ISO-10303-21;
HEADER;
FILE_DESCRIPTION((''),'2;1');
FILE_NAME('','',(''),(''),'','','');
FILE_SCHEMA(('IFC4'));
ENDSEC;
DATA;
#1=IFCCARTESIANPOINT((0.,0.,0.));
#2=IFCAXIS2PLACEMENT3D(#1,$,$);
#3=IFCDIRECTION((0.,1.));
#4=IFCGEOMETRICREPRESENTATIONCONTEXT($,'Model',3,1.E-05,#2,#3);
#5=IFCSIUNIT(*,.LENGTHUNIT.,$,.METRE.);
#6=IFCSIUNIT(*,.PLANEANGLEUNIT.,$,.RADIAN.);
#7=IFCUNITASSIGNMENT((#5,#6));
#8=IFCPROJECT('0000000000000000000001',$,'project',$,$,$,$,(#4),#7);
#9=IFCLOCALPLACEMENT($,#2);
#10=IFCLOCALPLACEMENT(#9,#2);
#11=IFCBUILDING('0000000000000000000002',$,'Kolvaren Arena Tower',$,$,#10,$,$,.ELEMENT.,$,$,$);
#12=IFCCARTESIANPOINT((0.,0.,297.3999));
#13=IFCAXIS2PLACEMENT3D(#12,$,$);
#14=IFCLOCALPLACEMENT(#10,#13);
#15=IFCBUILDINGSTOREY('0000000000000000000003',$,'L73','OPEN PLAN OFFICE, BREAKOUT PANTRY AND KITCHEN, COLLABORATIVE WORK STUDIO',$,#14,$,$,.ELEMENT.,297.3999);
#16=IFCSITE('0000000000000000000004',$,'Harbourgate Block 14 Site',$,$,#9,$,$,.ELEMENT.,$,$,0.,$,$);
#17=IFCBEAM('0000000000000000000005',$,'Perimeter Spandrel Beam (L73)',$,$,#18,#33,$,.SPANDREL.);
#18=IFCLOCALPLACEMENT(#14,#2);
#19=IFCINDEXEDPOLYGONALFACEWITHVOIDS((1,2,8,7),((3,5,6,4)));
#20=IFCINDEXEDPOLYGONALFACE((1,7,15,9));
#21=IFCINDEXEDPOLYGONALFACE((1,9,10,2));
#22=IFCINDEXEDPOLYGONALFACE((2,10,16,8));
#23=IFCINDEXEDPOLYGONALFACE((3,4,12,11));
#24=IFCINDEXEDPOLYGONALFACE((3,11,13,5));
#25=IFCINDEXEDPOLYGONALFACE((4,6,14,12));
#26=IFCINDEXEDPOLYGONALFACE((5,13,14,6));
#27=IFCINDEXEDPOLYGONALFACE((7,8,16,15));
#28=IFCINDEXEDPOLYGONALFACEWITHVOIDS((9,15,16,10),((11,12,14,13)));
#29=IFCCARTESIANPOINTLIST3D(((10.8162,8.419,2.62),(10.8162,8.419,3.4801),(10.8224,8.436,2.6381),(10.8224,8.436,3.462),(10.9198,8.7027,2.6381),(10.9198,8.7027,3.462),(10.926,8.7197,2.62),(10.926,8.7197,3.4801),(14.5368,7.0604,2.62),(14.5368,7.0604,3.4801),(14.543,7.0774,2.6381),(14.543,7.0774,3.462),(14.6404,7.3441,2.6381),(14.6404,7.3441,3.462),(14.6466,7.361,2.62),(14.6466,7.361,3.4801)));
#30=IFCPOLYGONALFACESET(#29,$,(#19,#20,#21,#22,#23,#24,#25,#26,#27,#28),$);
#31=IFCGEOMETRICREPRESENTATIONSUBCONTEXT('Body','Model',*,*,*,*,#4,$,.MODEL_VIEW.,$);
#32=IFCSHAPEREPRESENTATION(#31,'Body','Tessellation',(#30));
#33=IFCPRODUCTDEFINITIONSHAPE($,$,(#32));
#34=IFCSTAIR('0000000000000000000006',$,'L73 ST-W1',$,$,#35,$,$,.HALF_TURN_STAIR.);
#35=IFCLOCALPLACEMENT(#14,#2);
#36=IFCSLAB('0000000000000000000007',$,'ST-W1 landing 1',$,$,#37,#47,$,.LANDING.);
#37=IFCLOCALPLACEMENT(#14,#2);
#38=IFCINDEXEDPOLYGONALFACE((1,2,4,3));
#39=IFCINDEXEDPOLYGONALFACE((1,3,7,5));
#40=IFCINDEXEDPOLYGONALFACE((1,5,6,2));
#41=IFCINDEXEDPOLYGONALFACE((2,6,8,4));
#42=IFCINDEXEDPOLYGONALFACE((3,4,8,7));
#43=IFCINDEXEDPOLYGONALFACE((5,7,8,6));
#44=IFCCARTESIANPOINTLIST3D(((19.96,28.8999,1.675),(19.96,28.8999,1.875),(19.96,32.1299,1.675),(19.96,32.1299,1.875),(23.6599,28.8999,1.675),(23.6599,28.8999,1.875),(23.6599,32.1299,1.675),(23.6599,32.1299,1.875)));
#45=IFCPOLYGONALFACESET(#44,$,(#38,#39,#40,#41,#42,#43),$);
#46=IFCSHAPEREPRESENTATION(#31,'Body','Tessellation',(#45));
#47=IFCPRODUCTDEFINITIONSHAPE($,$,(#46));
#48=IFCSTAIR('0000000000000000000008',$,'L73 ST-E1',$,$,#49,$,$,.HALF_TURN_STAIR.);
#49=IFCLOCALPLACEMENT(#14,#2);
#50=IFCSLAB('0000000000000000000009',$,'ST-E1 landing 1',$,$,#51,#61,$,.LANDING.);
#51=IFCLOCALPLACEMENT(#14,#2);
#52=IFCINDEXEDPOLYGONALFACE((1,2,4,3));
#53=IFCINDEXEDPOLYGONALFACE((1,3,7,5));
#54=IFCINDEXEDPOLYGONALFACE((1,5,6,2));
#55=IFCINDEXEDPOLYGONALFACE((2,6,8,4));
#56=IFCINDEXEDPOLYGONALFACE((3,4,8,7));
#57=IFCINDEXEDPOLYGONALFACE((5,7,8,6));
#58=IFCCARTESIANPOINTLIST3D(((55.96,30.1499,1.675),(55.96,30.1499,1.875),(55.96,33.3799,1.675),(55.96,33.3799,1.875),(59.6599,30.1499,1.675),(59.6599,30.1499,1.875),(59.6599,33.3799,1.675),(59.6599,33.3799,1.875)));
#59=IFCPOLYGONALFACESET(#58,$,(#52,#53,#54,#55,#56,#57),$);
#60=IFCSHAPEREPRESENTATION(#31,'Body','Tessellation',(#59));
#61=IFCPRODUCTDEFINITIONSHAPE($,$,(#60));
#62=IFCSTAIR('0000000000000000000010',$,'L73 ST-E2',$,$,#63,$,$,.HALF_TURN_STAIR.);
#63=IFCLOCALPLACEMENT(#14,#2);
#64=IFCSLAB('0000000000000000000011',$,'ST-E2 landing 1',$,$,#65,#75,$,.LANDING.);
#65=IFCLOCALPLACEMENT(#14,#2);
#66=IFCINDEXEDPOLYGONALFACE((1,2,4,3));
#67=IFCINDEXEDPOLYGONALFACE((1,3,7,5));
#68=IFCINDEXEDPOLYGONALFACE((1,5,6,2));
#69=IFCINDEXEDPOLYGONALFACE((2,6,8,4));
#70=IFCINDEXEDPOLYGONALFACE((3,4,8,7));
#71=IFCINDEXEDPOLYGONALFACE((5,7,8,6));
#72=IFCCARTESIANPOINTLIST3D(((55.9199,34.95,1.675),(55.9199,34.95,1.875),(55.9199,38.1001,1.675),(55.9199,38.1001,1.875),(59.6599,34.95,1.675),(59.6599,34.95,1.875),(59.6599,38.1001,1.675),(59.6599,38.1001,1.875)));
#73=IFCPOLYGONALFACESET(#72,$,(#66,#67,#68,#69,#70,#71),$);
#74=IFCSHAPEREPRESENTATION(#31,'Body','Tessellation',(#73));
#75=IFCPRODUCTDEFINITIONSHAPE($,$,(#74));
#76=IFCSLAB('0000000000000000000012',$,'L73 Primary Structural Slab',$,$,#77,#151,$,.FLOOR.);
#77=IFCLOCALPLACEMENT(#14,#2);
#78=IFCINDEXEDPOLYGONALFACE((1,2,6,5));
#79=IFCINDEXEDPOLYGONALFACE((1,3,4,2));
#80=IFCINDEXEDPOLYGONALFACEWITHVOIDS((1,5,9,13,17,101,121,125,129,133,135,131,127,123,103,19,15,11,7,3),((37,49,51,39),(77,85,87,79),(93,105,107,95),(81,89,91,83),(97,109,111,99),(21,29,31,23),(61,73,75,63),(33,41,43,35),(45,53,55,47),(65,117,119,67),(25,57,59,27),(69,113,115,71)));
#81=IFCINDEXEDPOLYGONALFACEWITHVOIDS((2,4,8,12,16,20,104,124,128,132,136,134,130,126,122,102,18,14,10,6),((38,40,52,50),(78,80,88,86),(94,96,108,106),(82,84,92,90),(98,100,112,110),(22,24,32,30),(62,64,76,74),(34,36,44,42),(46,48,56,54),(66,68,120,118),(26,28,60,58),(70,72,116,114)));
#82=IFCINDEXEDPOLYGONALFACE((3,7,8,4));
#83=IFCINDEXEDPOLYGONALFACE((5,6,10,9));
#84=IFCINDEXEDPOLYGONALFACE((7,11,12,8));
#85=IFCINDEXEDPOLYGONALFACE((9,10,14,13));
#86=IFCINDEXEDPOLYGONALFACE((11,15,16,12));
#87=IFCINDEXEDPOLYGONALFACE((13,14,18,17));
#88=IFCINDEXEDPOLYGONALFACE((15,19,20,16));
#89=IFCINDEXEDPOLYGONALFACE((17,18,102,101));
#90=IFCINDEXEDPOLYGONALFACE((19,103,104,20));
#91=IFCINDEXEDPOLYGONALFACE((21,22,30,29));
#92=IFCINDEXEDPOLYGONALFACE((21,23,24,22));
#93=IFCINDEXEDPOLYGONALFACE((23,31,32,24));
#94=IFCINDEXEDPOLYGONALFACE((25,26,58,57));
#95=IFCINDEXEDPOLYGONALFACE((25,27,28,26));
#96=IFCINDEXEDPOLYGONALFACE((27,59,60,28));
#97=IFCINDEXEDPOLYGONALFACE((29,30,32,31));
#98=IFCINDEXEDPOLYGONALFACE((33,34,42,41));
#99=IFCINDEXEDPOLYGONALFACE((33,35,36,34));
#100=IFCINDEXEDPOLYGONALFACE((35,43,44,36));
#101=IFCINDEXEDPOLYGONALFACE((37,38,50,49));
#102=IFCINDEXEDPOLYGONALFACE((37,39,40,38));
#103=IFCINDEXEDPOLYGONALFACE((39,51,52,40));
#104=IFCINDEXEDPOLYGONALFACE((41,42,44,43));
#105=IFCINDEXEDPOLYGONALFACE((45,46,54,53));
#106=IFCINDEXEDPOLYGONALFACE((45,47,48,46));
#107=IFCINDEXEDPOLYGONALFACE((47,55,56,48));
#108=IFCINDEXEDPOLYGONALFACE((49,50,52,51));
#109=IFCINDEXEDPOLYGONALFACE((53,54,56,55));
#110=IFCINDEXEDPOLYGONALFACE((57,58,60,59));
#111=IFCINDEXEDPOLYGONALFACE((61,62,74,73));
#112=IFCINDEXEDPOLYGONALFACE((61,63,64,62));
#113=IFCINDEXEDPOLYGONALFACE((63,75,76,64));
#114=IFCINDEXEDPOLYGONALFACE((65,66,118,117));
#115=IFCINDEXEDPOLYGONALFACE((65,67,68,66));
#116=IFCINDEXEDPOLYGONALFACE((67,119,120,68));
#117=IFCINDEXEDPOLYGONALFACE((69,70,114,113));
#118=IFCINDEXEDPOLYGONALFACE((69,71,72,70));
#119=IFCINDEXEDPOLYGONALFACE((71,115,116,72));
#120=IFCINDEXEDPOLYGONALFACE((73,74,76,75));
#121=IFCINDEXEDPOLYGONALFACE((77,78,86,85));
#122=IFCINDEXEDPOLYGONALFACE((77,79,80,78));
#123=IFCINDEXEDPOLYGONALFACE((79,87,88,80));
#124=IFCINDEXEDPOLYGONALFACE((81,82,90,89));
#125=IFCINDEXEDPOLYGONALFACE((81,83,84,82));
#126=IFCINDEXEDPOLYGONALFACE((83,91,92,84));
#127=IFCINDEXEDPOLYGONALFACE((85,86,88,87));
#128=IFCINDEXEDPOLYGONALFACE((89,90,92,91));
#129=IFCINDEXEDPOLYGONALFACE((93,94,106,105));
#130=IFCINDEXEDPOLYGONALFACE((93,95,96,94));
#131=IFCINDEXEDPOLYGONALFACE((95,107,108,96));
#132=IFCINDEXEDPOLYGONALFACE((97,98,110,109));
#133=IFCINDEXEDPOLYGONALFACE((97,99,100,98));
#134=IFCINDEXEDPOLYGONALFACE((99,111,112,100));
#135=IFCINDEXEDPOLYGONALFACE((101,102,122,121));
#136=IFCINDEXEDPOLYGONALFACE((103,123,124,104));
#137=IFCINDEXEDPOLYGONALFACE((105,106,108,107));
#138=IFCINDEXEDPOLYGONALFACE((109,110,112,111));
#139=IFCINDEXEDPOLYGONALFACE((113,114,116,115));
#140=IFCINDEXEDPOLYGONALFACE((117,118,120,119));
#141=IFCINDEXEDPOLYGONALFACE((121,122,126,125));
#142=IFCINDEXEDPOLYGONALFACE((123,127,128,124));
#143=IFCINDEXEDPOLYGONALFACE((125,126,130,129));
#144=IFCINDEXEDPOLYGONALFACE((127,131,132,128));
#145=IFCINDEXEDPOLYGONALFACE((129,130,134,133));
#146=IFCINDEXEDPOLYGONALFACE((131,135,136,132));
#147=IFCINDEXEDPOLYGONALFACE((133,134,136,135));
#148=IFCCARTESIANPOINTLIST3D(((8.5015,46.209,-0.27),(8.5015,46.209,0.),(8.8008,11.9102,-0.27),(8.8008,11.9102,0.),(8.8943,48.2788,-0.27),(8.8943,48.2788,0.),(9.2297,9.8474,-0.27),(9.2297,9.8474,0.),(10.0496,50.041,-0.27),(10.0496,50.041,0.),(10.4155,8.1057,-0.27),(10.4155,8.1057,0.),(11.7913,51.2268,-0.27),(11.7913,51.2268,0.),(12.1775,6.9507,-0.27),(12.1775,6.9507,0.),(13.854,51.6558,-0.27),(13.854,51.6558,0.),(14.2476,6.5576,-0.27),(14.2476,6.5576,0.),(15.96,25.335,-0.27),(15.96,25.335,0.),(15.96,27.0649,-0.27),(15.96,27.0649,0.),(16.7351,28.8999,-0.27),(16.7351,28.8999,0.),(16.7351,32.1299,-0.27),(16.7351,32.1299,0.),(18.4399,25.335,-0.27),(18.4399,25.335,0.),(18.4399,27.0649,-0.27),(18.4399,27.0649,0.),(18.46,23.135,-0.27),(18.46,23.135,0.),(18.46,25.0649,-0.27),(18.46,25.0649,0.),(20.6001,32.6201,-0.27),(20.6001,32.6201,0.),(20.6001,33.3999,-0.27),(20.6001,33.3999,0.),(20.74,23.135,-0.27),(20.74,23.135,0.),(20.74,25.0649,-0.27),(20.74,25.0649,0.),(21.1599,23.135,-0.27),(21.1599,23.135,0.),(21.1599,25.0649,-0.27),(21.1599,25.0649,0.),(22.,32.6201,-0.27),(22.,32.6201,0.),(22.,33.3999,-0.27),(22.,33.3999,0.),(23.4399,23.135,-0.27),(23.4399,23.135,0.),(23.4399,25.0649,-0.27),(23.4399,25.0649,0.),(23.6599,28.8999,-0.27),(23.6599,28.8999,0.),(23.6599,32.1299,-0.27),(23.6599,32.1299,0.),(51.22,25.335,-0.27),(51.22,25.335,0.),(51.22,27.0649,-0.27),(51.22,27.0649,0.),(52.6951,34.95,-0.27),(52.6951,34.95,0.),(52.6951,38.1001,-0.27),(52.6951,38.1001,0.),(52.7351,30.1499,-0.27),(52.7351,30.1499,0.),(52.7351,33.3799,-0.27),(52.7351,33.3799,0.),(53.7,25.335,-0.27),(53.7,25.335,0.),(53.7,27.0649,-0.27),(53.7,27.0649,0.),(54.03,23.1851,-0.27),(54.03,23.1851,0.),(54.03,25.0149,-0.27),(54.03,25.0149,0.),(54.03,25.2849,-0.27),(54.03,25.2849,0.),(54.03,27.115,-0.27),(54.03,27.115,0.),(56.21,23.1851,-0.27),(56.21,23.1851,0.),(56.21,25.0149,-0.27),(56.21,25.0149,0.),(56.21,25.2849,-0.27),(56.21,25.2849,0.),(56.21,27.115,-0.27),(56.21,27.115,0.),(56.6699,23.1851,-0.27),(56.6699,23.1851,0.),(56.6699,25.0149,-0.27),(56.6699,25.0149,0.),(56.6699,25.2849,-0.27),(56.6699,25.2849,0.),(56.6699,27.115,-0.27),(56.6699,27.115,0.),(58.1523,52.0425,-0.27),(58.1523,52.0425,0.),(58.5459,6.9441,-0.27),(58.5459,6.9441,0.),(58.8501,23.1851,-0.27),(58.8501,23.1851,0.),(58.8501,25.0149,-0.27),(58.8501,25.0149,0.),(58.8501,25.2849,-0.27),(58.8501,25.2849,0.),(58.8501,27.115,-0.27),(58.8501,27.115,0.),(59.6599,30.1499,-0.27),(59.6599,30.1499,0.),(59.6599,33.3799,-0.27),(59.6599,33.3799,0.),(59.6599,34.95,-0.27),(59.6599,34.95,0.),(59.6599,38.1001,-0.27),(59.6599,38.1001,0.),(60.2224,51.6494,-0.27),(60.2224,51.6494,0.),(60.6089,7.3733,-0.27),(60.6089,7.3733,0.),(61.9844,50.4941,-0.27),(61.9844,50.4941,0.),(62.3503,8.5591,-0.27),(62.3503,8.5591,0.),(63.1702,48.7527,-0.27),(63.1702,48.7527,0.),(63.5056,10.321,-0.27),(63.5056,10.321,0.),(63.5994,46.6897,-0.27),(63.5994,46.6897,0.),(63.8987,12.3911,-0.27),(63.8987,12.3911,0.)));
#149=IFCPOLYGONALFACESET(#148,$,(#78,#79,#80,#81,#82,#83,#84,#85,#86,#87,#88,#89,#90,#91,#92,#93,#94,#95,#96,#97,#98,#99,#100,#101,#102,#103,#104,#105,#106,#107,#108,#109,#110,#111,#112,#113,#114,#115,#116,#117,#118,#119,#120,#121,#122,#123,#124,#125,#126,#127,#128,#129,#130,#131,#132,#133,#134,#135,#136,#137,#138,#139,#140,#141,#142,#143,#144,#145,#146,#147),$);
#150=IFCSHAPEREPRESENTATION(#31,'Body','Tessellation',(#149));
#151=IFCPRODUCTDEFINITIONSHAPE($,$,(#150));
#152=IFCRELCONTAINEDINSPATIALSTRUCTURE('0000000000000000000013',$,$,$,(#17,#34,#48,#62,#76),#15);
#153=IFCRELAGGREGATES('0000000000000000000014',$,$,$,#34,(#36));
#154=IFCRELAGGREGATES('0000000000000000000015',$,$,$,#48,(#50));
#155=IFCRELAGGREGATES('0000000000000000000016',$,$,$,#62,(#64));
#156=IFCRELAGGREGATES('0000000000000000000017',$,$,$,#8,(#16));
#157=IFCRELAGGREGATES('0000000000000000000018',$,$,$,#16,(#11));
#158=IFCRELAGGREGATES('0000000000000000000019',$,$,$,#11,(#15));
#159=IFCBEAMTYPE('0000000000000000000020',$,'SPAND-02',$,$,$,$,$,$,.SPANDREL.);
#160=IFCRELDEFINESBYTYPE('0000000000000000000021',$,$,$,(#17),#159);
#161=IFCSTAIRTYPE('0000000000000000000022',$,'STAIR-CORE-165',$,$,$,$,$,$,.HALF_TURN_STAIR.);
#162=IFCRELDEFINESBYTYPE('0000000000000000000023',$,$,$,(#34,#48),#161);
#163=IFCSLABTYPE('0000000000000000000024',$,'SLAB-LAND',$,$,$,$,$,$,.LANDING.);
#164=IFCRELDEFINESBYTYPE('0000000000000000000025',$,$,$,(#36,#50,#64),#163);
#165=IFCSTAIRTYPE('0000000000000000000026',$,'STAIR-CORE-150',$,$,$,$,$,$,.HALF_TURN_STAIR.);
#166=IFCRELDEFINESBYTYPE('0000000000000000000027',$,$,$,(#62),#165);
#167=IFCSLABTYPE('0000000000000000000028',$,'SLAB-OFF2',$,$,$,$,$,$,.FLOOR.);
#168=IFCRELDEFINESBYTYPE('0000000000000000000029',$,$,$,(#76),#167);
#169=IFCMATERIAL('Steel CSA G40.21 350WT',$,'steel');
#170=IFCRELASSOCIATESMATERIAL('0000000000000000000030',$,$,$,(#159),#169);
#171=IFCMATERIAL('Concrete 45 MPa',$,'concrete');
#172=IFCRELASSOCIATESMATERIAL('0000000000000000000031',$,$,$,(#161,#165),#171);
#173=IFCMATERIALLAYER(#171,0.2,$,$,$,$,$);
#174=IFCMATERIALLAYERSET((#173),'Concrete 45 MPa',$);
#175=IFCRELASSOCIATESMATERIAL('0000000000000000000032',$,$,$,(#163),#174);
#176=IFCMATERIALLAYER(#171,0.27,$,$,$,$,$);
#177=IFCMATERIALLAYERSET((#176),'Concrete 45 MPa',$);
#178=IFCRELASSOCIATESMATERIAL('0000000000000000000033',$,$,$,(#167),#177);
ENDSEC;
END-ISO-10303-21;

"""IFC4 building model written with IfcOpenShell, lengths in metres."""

from ifc_helpers import new_model, si_unit, direction, frame, origin, origin_2d, place, context, subcontext, project, spatial, polyline, hollow_rectangle, outline, extrude, material, layer, layer_set, material_profile, profile_set, type_object, element, aggregate, save


model = new_model("IFC4")

# Units and contexts
model_context = context("Model", 3, precision=1e-05, world=origin(), true_north=direction((0.0, 1.0)))
body_context = subcontext(model_context, "Body", "Model", "MODEL_VIEW")
ifc_project = project(units=[si_unit("LENGTHUNIT", "METRE"), si_unit("PLANEANGLEUNIT", "RADIAN")], contexts=[model_context])

# Site, building, storey
site_placement = place(None, origin())
site = spatial("IfcSite", under=ifc_project, at=site_placement, Name="Harbourgate Block 14 Site", CompositionType="ELEMENT", RefElevation=0.0)
building_placement = place(site_placement, origin())
building = spatial("IfcBuilding", under=site, at=building_placement, Name="Kolvaren Arena Tower", CompositionType="ELEMENT")
storey_placement = place(building_placement, frame((0.0, 0.0, 297.3999)))
storey = spatial("IfcBuildingStorey", under=building, at=storey_placement, Name="L73", Description="OPEN PLAN OFFICE, BREAKOUT PANTRY AND KITCHEN, COLLABORATIVE WORK STUDIO", CompositionType="ELEMENT", Elevation=297.3999)

# Beam
ifc_material_1 = material(Name="Steel CSA G40.21 350WT", Category="steel")
ifc_material_profile_1 = material_profile(ifc_material_1, hollow_rectangle(XDim=0.3201, YDim=0.8601, WallThickness=0.0181, at=origin_2d()), Name="HSS 860x320x18")
ifc_profile_set_1 = profile_set([ifc_material_profile_1], Name="Steel CSA G40.21 350WT")
beam_type_1 = type_object("IfcBeamType", Name="SPAND-02", PredefinedType="SPANDREL", material=ifc_profile_set_1)
beam_1_placement = place(storey_placement, frame((10.8711, 8.5693, 3.05), z_axis=(0.939334, -0.343005, 0.0), x_axis=(0.343005, 0.939334, 0.0)))
element("IfcBeam", 1, at=beam_1_placement, inside=storey, type_object=beam_type_1, Name="Perimeter Spandrel Beam (L73)", PredefinedType="SPANDREL", context=body_context, shape_type="SweptSolid", body=[
    extrude(hollow_rectangle(XDim=0.3201, YDim=0.8601, WallThickness=0.0181, at=origin_2d()), origin(), (0.0, 0.0, 1.0), 3.9609),
])

# Stairs, slabs
ifc_material_2 = material(Name="Concrete 45 MPa", Category="concrete")
stair_type_1 = type_object("IfcStairType", Name="STAIR-CORE-165", PredefinedType="HALF_TURN_STAIR", material=ifc_material_2)
stair_1_placement = place(storey_placement, origin())
stair_1 = element("IfcStair", 2, at=stair_1_placement, inside=storey, type_object=stair_type_1, Name="L73 ST-W1", PredefinedType="HALF_TURN_STAIR")
ifc_layer_1 = layer(ifc_material_2, 0.2)
ifc_layer_set_1 = layer_set([ifc_layer_1], Name="Concrete 45 MPa")
slab_type_1 = type_object("IfcSlabType", Name="SLAB-LAND", PredefinedType="LANDING", material=ifc_layer_set_1)
slab_1_placement = place(storey_placement, frame((0.0, 0.0, 1.675)))
slab_1 = element("IfcSlab", 3, at=slab_1_placement, type_object=slab_type_1, Name="ST-W1 landing 1", PredefinedType="LANDING", context=body_context, shape_type="SweptSolid", body=[
    extrude(outline(polyline([(19.96, 28.8999), (23.6599, 28.8999), (23.6599, 32.1299), (19.96, 32.1299), (19.96, 28.8999)])), origin(), (0.0, 0.0, 1.0), 0.2),
])
aggregate(stair_1, [slab_1])
stair_2_placement = place(storey_placement, origin())
stair_2 = element("IfcStair", 4, at=stair_2_placement, inside=storey, type_object=stair_type_1, Name="L73 ST-E1", PredefinedType="HALF_TURN_STAIR")
slab_2_placement = place(storey_placement, frame((0.0, 0.0, 1.675)))
slab_2 = element("IfcSlab", 5, at=slab_2_placement, type_object=slab_type_1, Name="ST-E1 landing 1", PredefinedType="LANDING", context=body_context, shape_type="SweptSolid", body=[
    extrude(outline(polyline([(55.96, 30.1499), (59.6599, 30.1499), (59.6599, 33.3799), (55.96, 33.3799), (55.96, 30.1499)])), origin(), (0.0, 0.0, 1.0), 0.2),
])
aggregate(stair_2, [slab_2])
stair_type_2 = type_object("IfcStairType", Name="STAIR-CORE-150", PredefinedType="HALF_TURN_STAIR", material=ifc_material_2)
stair_3_placement = place(storey_placement, origin())
stair_3 = element("IfcStair", 6, at=stair_3_placement, inside=storey, type_object=stair_type_2, Name="L73 ST-E2", PredefinedType="HALF_TURN_STAIR")
slab_3_placement = place(storey_placement, frame((0.0, 0.0, 1.675)))
slab_3 = element("IfcSlab", 7, at=slab_3_placement, type_object=slab_type_1, Name="ST-E2 landing 1", PredefinedType="LANDING", context=body_context, shape_type="SweptSolid", body=[
    extrude(outline(polyline([(55.9199, 34.95), (59.6599, 34.95), (59.6599, 38.1001), (55.9199, 38.1001), (55.9199, 34.95)])), origin(), (0.0, 0.0, 1.0), 0.2),
])
aggregate(stair_3, [slab_3])

# Slab
ifc_layer_2 = layer(ifc_material_2, 0.27)
ifc_layer_set_2 = layer_set([ifc_layer_2], Name="Concrete 45 MPa")
slab_type_2 = type_object("IfcSlabType", Name="SLAB-OFF2", PredefinedType="FLOOR", material=ifc_layer_set_2)
slab_4_placement = place(storey_placement, frame((0.0, 0.0, -0.27)))
element("IfcSlab", 8, at=slab_4_placement, inside=storey, type_object=slab_type_2, Name="L73 Primary Structural Slab", PredefinedType="FLOOR", context=body_context, shape_type="SweptSolid", body=[
    extrude(outline(polyline([(58.5459, 6.9441), (60.6089, 7.3733), (62.3503, 8.5591), (63.5056, 10.321), (63.8987, 12.3911), (63.5994, 46.6897), (63.1702, 48.7527), (61.9844, 50.4941), (60.2224, 51.6494), (58.1523, 52.0425), (13.854, 51.6558), (11.7913, 51.2268), (10.0496, 50.041), (8.8943, 48.2788), (8.5015, 46.209), (8.8008, 11.9102), (9.2297, 9.8474), (10.4155, 8.1057), (12.1775, 6.9507), (14.2476, 6.5576), (58.5459, 6.9441)]), holes=[polyline([(20.74, 23.135), (18.46, 23.135), (18.46, 25.0649), (20.74, 25.0649), (20.74, 23.135)]), polyline([(21.1599, 23.135), (21.1599, 25.0649), (23.4399, 25.0649), (23.4399, 23.135), (21.1599, 23.135)]), polyline([(56.21, 23.1851), (54.03, 23.1851), (54.03, 25.0149), (56.21, 25.0149), (56.21, 23.1851)]), polyline([(56.6699, 23.1851), (56.6699, 25.0149), (58.8501, 25.0149), (58.8501, 23.1851), (56.6699, 23.1851)]), polyline([(54.03, 25.2849), (54.03, 27.115), (56.21, 27.115), (56.21, 25.2849), (54.03, 25.2849)]), polyline([(58.8501, 25.2849), (56.6699, 25.2849), (56.6699, 27.115), (58.8501, 27.115), (58.8501, 25.2849)]), polyline([(15.96, 25.335), (15.96, 27.0649), (18.4399, 27.0649), (18.4399, 25.335), (15.96, 25.335)]), polyline([(53.7, 25.335), (51.22, 25.335), (51.22, 27.0649), (53.7, 27.0649), (53.7, 25.335)]), polyline([(16.7351, 28.8999), (16.7351, 32.1299), (23.6599, 32.1299), (23.6599, 28.8999), (16.7351, 28.8999)]), polyline([(52.7351, 30.1499), (52.7351, 33.3799), (59.6599, 33.3799), (59.6599, 30.1499), (52.7351, 30.1499)]), polyline([(20.6001, 32.6201), (20.6001, 33.3999), (22.0, 33.3999), (22.0, 32.6201), (20.6001, 32.6201)]), polyline([(52.6951, 34.95), (52.6951, 38.1001), (59.6599, 38.1001), (59.6599, 34.95), (52.6951, 34.95)])]), origin(), (0.0, 0.0, 1.0), 0.27),
])

save(model, "model.ifc")
